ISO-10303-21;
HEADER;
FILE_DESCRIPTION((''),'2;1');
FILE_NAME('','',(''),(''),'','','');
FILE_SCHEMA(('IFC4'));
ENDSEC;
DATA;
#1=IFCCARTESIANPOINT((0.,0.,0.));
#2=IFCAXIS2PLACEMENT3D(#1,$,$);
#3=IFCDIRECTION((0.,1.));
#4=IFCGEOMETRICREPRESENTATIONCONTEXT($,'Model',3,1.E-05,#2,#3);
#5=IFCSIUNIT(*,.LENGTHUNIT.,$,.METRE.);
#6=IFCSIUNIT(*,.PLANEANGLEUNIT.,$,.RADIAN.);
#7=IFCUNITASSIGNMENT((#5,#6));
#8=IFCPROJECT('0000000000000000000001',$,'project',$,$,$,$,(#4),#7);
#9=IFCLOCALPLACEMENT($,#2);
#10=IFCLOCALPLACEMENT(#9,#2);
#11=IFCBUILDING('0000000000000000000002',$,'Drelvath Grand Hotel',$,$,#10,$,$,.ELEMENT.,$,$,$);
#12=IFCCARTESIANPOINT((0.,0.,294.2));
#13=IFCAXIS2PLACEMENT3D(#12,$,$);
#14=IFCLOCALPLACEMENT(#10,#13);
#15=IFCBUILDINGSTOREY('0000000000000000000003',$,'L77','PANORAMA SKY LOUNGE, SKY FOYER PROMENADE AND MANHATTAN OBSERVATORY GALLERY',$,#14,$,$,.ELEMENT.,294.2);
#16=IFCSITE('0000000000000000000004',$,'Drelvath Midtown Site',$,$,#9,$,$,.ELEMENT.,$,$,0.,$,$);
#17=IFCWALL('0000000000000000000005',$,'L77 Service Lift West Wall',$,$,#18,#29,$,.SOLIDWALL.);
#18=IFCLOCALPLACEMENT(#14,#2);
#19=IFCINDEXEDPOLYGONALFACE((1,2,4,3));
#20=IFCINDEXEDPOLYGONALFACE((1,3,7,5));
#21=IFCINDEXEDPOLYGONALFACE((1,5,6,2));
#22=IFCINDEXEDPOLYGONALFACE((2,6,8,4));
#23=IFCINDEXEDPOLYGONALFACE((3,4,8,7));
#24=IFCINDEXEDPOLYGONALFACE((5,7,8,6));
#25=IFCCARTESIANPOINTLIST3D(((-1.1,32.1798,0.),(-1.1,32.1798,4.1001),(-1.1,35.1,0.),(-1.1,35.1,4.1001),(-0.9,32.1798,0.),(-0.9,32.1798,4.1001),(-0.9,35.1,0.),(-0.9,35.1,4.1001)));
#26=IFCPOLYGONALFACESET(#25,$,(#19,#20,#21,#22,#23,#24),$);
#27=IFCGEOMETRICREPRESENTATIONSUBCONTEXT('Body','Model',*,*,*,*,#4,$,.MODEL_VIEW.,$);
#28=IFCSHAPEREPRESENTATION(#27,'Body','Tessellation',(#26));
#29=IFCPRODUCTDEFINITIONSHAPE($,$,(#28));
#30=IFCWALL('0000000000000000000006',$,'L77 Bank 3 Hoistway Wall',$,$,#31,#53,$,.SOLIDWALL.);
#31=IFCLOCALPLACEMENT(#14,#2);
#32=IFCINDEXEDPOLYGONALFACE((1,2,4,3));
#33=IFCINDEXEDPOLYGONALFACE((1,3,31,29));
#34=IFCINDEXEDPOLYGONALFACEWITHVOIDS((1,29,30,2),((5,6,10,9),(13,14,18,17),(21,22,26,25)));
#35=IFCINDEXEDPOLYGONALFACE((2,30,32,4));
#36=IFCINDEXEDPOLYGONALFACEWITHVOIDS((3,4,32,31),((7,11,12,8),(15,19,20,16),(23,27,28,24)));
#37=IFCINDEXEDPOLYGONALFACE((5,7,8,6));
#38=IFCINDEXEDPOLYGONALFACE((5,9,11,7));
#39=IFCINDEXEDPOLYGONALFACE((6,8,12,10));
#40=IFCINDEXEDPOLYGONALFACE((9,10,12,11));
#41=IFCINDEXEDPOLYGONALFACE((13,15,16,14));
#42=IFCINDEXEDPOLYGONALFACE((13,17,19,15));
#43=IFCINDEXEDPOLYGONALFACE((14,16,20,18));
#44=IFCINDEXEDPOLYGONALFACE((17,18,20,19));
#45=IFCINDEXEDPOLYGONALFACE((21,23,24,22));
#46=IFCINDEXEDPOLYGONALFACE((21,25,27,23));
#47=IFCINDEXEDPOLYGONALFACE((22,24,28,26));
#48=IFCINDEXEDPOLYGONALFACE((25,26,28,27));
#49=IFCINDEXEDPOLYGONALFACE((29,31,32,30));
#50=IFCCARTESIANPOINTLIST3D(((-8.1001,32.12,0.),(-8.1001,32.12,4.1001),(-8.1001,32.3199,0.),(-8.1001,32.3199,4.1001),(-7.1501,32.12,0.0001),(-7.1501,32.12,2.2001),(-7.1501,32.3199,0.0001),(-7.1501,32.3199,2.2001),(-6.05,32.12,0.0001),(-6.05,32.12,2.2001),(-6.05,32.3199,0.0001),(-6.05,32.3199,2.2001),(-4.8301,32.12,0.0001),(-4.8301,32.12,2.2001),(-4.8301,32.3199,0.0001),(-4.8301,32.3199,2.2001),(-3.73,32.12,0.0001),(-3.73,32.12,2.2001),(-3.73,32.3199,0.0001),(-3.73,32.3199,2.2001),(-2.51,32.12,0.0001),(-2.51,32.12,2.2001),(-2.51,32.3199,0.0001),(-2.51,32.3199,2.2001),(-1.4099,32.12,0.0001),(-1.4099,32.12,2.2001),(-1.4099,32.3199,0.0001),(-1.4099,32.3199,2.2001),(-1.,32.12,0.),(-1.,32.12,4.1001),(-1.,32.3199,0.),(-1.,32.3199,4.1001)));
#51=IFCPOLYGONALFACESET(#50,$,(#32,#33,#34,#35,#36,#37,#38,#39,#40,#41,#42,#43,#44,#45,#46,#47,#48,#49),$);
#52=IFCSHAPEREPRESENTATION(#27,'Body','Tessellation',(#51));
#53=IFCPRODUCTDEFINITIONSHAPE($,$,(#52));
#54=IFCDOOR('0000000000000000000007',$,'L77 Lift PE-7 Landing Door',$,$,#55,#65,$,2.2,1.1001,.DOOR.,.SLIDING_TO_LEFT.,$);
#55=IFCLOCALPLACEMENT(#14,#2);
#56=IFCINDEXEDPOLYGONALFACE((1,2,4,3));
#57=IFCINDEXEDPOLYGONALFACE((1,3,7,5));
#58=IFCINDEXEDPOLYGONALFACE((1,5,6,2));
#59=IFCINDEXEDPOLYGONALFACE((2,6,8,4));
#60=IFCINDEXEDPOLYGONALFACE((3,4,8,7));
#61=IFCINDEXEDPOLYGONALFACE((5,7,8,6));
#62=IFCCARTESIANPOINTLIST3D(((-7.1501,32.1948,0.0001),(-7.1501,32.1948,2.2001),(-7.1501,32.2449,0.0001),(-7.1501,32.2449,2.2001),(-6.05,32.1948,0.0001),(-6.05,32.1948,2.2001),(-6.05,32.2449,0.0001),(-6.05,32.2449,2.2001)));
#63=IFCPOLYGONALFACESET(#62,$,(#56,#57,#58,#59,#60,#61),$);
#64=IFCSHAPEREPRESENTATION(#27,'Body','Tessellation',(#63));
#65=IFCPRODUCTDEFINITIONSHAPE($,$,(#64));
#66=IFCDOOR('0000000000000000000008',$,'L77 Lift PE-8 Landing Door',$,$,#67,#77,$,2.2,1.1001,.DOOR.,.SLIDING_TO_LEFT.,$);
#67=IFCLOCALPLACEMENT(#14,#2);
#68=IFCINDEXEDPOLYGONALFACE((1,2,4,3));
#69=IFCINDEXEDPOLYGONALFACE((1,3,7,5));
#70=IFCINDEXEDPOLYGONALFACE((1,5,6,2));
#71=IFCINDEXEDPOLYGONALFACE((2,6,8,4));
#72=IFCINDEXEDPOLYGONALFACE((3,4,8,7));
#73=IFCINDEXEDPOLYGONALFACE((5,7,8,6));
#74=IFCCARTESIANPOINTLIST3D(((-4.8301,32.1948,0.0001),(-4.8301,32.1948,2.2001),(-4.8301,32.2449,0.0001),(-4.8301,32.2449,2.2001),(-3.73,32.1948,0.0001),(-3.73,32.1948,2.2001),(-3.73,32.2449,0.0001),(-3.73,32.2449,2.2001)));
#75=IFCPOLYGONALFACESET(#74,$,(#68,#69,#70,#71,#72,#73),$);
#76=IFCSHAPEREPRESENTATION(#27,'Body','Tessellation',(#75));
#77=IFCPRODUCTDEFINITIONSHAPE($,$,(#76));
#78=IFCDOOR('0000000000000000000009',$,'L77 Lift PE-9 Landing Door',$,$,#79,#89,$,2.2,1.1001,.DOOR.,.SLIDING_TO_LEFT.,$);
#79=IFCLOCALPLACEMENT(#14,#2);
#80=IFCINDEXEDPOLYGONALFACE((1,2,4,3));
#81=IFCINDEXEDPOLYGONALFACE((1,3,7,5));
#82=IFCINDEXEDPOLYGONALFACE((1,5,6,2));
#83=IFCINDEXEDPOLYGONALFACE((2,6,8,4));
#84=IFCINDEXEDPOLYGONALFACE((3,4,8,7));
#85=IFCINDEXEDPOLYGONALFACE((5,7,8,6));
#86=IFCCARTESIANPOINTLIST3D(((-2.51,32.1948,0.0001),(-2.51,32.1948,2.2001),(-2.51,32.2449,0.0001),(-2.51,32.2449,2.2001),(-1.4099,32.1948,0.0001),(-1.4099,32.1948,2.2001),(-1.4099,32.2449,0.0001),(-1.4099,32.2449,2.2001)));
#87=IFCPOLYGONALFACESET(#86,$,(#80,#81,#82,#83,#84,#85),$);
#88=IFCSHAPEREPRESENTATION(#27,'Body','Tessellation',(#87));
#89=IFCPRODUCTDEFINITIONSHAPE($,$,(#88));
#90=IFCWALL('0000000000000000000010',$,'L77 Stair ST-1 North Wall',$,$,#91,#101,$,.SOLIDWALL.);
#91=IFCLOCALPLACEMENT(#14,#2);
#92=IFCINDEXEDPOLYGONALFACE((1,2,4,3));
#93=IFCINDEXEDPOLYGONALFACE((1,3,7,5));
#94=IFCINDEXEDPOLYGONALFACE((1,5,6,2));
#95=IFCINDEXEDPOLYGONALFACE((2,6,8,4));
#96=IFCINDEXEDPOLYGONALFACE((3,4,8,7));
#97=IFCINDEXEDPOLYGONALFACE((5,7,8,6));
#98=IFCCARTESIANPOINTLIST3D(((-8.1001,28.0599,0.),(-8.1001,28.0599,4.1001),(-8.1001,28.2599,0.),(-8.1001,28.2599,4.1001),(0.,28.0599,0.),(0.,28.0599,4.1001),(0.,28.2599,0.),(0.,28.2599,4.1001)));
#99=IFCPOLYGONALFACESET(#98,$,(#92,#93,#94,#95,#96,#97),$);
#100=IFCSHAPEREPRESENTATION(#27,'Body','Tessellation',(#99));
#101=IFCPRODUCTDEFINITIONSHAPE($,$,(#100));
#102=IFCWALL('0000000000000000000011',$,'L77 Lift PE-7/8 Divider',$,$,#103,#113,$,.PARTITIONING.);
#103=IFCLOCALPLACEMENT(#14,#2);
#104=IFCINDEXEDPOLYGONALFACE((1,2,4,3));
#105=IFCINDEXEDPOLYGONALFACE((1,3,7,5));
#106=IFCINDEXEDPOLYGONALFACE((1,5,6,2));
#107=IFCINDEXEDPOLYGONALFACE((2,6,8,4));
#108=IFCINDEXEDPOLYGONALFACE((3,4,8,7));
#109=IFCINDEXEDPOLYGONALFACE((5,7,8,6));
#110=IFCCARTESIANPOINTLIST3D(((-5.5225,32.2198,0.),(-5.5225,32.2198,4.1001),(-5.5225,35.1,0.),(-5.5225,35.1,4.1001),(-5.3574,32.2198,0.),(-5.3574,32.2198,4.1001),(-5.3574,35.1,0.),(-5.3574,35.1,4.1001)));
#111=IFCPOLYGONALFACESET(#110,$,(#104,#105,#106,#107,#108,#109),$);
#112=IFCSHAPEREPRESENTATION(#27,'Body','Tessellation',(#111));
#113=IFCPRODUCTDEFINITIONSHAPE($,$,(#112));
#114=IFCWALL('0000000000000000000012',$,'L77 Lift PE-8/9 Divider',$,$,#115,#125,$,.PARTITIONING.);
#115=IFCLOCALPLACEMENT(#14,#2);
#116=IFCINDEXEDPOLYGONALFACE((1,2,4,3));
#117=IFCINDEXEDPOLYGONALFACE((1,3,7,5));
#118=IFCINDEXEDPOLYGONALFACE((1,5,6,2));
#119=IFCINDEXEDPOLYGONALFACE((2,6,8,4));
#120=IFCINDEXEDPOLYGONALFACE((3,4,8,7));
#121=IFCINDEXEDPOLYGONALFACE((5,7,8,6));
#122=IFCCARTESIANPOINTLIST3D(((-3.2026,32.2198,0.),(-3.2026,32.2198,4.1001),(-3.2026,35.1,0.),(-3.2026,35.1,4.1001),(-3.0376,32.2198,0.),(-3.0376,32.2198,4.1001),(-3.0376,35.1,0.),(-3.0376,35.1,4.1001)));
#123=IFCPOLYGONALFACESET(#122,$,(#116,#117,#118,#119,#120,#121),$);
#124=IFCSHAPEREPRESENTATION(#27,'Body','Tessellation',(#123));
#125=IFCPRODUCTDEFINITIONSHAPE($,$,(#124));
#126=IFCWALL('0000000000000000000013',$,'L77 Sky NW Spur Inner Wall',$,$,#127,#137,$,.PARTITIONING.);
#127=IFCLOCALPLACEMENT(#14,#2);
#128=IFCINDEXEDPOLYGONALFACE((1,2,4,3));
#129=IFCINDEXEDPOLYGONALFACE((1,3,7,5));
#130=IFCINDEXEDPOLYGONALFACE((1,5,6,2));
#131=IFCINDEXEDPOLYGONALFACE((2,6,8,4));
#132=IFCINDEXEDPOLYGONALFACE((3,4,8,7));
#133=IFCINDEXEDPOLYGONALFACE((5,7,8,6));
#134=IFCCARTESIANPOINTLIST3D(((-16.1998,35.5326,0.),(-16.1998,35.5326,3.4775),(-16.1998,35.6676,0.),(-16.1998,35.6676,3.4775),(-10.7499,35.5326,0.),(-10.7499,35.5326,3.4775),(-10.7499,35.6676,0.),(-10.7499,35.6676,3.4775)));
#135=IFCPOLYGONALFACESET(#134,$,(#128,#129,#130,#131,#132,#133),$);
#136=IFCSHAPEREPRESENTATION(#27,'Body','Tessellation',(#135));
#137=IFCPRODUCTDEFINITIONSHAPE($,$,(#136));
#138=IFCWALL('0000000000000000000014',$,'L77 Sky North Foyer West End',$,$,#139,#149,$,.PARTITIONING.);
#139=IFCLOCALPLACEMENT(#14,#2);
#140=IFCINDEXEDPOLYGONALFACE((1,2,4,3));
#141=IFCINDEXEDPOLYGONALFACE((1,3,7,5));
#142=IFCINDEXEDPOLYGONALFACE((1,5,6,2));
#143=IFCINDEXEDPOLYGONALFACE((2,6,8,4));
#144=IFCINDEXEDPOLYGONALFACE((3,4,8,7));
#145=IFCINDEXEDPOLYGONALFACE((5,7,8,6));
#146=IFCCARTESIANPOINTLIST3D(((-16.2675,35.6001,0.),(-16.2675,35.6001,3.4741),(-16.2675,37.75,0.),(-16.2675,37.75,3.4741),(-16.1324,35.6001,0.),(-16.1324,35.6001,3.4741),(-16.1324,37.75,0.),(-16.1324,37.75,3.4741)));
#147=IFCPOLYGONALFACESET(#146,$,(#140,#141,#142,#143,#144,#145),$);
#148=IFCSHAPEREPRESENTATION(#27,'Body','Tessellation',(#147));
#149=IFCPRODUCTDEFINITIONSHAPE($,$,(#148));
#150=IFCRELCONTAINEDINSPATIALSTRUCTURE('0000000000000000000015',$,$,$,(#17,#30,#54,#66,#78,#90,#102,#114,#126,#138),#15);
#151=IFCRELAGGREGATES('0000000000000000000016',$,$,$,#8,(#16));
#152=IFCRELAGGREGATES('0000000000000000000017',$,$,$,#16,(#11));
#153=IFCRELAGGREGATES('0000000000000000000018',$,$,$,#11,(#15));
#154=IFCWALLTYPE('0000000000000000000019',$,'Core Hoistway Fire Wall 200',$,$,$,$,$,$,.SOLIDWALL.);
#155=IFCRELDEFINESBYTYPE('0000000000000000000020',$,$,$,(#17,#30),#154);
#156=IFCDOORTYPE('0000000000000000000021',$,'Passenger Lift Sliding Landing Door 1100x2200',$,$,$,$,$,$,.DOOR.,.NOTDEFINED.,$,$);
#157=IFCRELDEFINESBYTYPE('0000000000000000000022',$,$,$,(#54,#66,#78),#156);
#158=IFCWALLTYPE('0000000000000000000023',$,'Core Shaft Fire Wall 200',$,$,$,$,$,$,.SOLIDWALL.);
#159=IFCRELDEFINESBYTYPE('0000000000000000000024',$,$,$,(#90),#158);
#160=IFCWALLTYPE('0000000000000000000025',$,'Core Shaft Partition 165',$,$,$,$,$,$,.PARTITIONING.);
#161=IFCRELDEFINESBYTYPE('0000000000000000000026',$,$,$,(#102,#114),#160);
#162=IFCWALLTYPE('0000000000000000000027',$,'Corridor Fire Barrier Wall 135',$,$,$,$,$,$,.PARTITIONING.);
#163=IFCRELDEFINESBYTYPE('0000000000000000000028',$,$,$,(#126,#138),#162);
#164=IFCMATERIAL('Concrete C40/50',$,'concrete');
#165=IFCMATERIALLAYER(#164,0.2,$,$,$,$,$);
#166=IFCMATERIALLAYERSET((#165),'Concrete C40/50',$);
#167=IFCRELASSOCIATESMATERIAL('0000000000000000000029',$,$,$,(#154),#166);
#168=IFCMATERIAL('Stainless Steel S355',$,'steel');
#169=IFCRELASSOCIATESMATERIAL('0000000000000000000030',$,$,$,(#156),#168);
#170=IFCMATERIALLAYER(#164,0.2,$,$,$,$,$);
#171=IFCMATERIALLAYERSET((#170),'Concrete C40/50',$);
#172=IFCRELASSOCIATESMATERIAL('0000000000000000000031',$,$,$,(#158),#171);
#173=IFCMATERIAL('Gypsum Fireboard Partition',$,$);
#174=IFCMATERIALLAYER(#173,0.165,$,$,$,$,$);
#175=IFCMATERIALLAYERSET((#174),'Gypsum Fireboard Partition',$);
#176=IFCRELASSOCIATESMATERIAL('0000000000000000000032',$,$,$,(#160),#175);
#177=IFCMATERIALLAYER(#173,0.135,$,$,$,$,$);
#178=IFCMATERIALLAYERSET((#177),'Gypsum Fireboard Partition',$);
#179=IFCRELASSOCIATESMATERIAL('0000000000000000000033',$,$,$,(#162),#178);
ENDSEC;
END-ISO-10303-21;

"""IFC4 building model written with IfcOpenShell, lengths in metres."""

from ifc_helpers import new_model, si_unit, direction, frame, frame_2d, origin, place, context, subcontext, project, spatial, rectangle, extrude, material, layer, layer_set, type_object, element, fill, save


model = new_model("IFC4")

# Units and contexts
model_context = context("Model", 3, precision=1e-05, world=origin(), true_north=direction((0.0, 1.0)))
body_context = subcontext(model_context, "Body", "Model", "MODEL_VIEW")
ifc_project = project(units=[si_unit("LENGTHUNIT", "METRE"), si_unit("PLANEANGLEUNIT", "RADIAN")], contexts=[model_context])

# Site, building, storey
site_placement = place(None, origin())
site = spatial("IfcSite", under=ifc_project, at=site_placement, Name="Drelvath Midtown Site", CompositionType="ELEMENT", RefElevation=0.0)
building_placement = place(site_placement, origin())
building = spatial("IfcBuilding", under=site, at=building_placement, Name="Drelvath Grand Hotel", CompositionType="ELEMENT")
storey_placement = place(building_placement, frame((0.0, 0.0, 294.2)))
storey = spatial("IfcBuildingStorey", under=building, at=storey_placement, Name="L77", Description="PANORAMA SKY LOUNGE, SKY FOYER PROMENADE AND MANHATTAN OBSERVATORY GALLERY", CompositionType="ELEMENT", Elevation=294.2)

# Shared definitions
ifc_material_1 = material(Name="Concrete C40/50", Category="concrete")
ifc_layer_1 = layer(ifc_material_1, 0.2)
ifc_layer_set_1 = layer_set([ifc_layer_1], Name="Concrete C40/50")
wall_type_1 = type_object("IfcWallType", Name="Core Hoistway Fire Wall 200", PredefinedType="SOLIDWALL", material=ifc_layer_set_1)
ifc_material_2 = material(Name="Stainless Steel S355", Category="steel")

# Wall
wall_1_placement = place(storey_placement, frame((-1.0, 32.1799, 0.0), z_axis=(0.0, 0.0, 1.0), x_axis=(0.0, 1.0, 0.0)))
element("IfcWall", 1, at=wall_1_placement, inside=storey, type_object=wall_type_1, Name="L77 Service Lift West Wall", PredefinedType="SOLIDWALL", context=body_context, shape_type="SweptSolid", body=[
    extrude(rectangle(XDim=2.9202, YDim=0.2, at=frame_2d((1.46, 0.0))), origin(), (0.0, 0.0, 1.0), 4.1001),
])

# Wall, openings, doors
wall_2_placement = place(storey_placement, frame((-8.1001, 32.22, 0.0), z_axis=(0.0, 0.0, 1.0), x_axis=(1.0, 0.0, 0.0)))
wall_2 = element("IfcWall", 2, at=wall_2_placement, inside=storey, type_object=wall_type_1, Name="L77 Bank 3 Hoistway Wall", PredefinedType="SOLIDWALL", context=body_context, shape_type="SweptSolid", body=[
    extrude(rectangle(XDim=7.1001, YDim=0.2, at=frame_2d((3.55, 0.0))), origin(), (0.0, 0.0, 1.0), 4.1001),
])
opening_1_placement = place(wall_2_placement, frame((0.95, 0.0, 0.0)))
opening_1 = element("IfcOpeningElement", 3, at=opening_1_placement, cuts=wall_2, PredefinedType="OPENING", context=body_context, shape_type="SweptSolid", body=[
    extrude(rectangle(XDim=1.1001, YDim=2.2, at=frame_2d((0.55, 1.1001))), frame((0.0, 0.1099, 0.0), z_axis=(0.0, -1.0, 0.0), x_axis=(1.0, 0.0, 0.0)), (0.0, 0.0, 1.0), 0.22),
])
opening_2_placement = place(wall_2_placement, frame((3.27, 0.0, 0.0)))
opening_2 = element("IfcOpeningElement", 4, at=opening_2_placement, cuts=wall_2, PredefinedType="OPENING", context=body_context, shape_type="SweptSolid", body=[
    extrude(rectangle(XDim=1.1001, YDim=2.2, at=frame_2d((0.55, 1.1001))), frame((0.0, 0.1099, 0.0), z_axis=(0.0, -1.0, 0.0), x_axis=(1.0, 0.0, 0.0)), (0.0, 0.0, 1.0), 0.22),
])
opening_3_placement = place(wall_2_placement, frame((5.5901, 0.0, 0.0)))
opening_3 = element("IfcOpeningElement", 5, at=opening_3_placement, cuts=wall_2, PredefinedType="OPENING", context=body_context, shape_type="SweptSolid", body=[
    extrude(rectangle(XDim=1.1001, YDim=2.2, at=frame_2d((0.55, 1.1001))), frame((0.0, 0.1099, 0.0), z_axis=(0.0, -1.0, 0.0), x_axis=(1.0, 0.0, 0.0)), (0.0, 0.0, 1.0), 0.22),
])
door_type_1 = type_object("IfcDoorType", Name="Passenger Lift Sliding Landing Door 1100x2200", OperationType="NOTDEFINED", PredefinedType="DOOR", material=ifc_material_2)
door_1_placement = place(opening_1_placement, origin())
door_1 = element("IfcDoor", 6, at=door_1_placement, inside=storey, type_object=door_type_1, Name="L77 Lift PE-7 Landing Door", OperationType="SLIDING_TO_LEFT", OverallHeight=2.2, OverallWidth=1.1001, PredefinedType="DOOR", context=body_context, shape_type="SweptSolid", body=[
    extrude(rectangle(XDim=1.1001, YDim=2.2, at=frame_2d((0.55, 1.1001))), frame((0.0, 0.0249, 0.0), z_axis=(0.0, -1.0, 0.0), x_axis=(1.0, 0.0, 0.0)), (0.0, 0.0, 1.0), 0.05),
])
fill(opening_1, door_1)
door_2_placement = place(opening_2_placement, origin())
door_2 = element("IfcDoor", 7, at=door_2_placement, inside=storey, type_object=door_type_1, Name="L77 Lift PE-8 Landing Door", OperationType="SLIDING_TO_LEFT", OverallHeight=2.2, OverallWidth=1.1001, PredefinedType="DOOR", context=body_context, shape_type="SweptSolid", body=[
    extrude(rectangle(XDim=1.1001, YDim=2.2, at=frame_2d((0.55, 1.1001))), frame((0.0, 0.0249, 0.0), z_axis=(0.0, -1.0, 0.0), x_axis=(1.0, 0.0, 0.0)), (0.0, 0.0, 1.0), 0.05),
])
fill(opening_2, door_2)
door_3_placement = place(opening_3_placement, origin())
door_3 = element("IfcDoor", 8, at=door_3_placement, inside=storey, type_object=door_type_1, Name="L77 Lift PE-9 Landing Door", OperationType="SLIDING_TO_LEFT", OverallHeight=2.2, OverallWidth=1.1001, PredefinedType="DOOR", context=body_context, shape_type="SweptSolid", body=[
    extrude(rectangle(XDim=1.1001, YDim=2.2, at=frame_2d((0.55, 1.1001))), frame((0.0, 0.0249, 0.0), z_axis=(0.0, -1.0, 0.0), x_axis=(1.0, 0.0, 0.0)), (0.0, 0.0, 1.0), 0.05),
])
fill(opening_3, door_3)

# Walls
ifc_layer_2 = layer(ifc_material_1, 0.2)
ifc_layer_set_2 = layer_set([ifc_layer_2], Name="Concrete C40/50")
wall_type_2 = type_object("IfcWallType", Name="Core Shaft Fire Wall 200", PredefinedType="SOLIDWALL", material=ifc_layer_set_2)
wall_3_placement = place(storey_placement, frame((-8.1001, 28.1599, 0.0), z_axis=(0.0, 0.0, 1.0), x_axis=(1.0, 0.0, 0.0)))
element("IfcWall", 9, at=wall_3_placement, inside=storey, type_object=wall_type_2, Name="L77 Stair ST-1 North Wall", PredefinedType="SOLIDWALL", context=body_context, shape_type="SweptSolid", body=[
    extrude(rectangle(XDim=8.1001, YDim=0.2, at=frame_2d((4.05, 0.0))), origin(), (0.0, 0.0, 1.0), 4.1001),
])
ifc_material_3 = material(Name="Gypsum Fireboard Partition")
ifc_layer_3 = layer(ifc_material_3, 0.165)
ifc_layer_set_3 = layer_set([ifc_layer_3], Name="Gypsum Fireboard Partition")
wall_type_3 = type_object("IfcWallType", Name="Core Shaft Partition 165", PredefinedType="PARTITIONING", material=ifc_layer_set_3)
for number, where, z_axis, x_axis, name in (
    (10, (-5.4399, 32.22, 0.0), (0.0, 0.0, 1.0), (0.0, 1.0, 0.0), "L77 Lift PE-7/8 Divider"),
    (11, (-3.1201, 32.22, 0.0), (0.0, 0.0, 1.0), (0.0, 1.0, 0.0), "L77 Lift PE-8/9 Divider"),
):
    element("IfcWall", number, at=place(storey_placement, frame(where, z_axis=z_axis, x_axis=x_axis)), inside=storey, type_object=wall_type_3, Name=name, PredefinedType="PARTITIONING", context=body_context, shape_type="SweptSolid", body=[
        extrude(rectangle(XDim=2.8801, YDim=0.165, at=frame_2d((1.4399, 0.0))), origin(), (0.0, 0.0, 1.0), 4.1001),
    ])
ifc_layer_4 = layer(ifc_material_3, 0.135)
ifc_layer_set_4 = layer_set([ifc_layer_4], Name="Gypsum Fireboard Partition")
wall_type_4 = type_object("IfcWallType", Name="Corridor Fire Barrier Wall 135", PredefinedType="PARTITIONING", material=ifc_layer_set_4)
wall_4_placement = place(storey_placement, frame((-16.2, 35.6001, 0.0), z_axis=(0.0, 0.0, 1.0), x_axis=(1.0, 0.0, 0.0)))
element("IfcWall", 12, at=wall_4_placement, inside=storey, type_object=wall_type_4, Name="L77 Sky NW Spur Inner Wall", PredefinedType="PARTITIONING", context=body_context, shape_type="SweptSolid", body=[
    extrude(rectangle(XDim=5.45, YDim=0.135, at=frame_2d((2.7251, 0.0))), origin(), (0.0, 0.0, 1.0), 3.4775),
])
wall_5_placement = place(storey_placement, frame((-16.2, 35.6001, 0.0), z_axis=(0.0, 0.0, 1.0), x_axis=(0.0, 1.0, 0.0)))
element("IfcWall", 13, at=wall_5_placement, inside=storey, type_object=wall_type_4, Name="L77 Sky North Foyer West End", PredefinedType="PARTITIONING", context=body_context, shape_type="SweptSolid", body=[
    extrude(rectangle(XDim=2.1499, YDim=0.135, at=frame_2d((1.075, 0.0))), origin(), (0.0, 0.0, 1.0), 3.4741),
])

save(model, "model.ifc")
